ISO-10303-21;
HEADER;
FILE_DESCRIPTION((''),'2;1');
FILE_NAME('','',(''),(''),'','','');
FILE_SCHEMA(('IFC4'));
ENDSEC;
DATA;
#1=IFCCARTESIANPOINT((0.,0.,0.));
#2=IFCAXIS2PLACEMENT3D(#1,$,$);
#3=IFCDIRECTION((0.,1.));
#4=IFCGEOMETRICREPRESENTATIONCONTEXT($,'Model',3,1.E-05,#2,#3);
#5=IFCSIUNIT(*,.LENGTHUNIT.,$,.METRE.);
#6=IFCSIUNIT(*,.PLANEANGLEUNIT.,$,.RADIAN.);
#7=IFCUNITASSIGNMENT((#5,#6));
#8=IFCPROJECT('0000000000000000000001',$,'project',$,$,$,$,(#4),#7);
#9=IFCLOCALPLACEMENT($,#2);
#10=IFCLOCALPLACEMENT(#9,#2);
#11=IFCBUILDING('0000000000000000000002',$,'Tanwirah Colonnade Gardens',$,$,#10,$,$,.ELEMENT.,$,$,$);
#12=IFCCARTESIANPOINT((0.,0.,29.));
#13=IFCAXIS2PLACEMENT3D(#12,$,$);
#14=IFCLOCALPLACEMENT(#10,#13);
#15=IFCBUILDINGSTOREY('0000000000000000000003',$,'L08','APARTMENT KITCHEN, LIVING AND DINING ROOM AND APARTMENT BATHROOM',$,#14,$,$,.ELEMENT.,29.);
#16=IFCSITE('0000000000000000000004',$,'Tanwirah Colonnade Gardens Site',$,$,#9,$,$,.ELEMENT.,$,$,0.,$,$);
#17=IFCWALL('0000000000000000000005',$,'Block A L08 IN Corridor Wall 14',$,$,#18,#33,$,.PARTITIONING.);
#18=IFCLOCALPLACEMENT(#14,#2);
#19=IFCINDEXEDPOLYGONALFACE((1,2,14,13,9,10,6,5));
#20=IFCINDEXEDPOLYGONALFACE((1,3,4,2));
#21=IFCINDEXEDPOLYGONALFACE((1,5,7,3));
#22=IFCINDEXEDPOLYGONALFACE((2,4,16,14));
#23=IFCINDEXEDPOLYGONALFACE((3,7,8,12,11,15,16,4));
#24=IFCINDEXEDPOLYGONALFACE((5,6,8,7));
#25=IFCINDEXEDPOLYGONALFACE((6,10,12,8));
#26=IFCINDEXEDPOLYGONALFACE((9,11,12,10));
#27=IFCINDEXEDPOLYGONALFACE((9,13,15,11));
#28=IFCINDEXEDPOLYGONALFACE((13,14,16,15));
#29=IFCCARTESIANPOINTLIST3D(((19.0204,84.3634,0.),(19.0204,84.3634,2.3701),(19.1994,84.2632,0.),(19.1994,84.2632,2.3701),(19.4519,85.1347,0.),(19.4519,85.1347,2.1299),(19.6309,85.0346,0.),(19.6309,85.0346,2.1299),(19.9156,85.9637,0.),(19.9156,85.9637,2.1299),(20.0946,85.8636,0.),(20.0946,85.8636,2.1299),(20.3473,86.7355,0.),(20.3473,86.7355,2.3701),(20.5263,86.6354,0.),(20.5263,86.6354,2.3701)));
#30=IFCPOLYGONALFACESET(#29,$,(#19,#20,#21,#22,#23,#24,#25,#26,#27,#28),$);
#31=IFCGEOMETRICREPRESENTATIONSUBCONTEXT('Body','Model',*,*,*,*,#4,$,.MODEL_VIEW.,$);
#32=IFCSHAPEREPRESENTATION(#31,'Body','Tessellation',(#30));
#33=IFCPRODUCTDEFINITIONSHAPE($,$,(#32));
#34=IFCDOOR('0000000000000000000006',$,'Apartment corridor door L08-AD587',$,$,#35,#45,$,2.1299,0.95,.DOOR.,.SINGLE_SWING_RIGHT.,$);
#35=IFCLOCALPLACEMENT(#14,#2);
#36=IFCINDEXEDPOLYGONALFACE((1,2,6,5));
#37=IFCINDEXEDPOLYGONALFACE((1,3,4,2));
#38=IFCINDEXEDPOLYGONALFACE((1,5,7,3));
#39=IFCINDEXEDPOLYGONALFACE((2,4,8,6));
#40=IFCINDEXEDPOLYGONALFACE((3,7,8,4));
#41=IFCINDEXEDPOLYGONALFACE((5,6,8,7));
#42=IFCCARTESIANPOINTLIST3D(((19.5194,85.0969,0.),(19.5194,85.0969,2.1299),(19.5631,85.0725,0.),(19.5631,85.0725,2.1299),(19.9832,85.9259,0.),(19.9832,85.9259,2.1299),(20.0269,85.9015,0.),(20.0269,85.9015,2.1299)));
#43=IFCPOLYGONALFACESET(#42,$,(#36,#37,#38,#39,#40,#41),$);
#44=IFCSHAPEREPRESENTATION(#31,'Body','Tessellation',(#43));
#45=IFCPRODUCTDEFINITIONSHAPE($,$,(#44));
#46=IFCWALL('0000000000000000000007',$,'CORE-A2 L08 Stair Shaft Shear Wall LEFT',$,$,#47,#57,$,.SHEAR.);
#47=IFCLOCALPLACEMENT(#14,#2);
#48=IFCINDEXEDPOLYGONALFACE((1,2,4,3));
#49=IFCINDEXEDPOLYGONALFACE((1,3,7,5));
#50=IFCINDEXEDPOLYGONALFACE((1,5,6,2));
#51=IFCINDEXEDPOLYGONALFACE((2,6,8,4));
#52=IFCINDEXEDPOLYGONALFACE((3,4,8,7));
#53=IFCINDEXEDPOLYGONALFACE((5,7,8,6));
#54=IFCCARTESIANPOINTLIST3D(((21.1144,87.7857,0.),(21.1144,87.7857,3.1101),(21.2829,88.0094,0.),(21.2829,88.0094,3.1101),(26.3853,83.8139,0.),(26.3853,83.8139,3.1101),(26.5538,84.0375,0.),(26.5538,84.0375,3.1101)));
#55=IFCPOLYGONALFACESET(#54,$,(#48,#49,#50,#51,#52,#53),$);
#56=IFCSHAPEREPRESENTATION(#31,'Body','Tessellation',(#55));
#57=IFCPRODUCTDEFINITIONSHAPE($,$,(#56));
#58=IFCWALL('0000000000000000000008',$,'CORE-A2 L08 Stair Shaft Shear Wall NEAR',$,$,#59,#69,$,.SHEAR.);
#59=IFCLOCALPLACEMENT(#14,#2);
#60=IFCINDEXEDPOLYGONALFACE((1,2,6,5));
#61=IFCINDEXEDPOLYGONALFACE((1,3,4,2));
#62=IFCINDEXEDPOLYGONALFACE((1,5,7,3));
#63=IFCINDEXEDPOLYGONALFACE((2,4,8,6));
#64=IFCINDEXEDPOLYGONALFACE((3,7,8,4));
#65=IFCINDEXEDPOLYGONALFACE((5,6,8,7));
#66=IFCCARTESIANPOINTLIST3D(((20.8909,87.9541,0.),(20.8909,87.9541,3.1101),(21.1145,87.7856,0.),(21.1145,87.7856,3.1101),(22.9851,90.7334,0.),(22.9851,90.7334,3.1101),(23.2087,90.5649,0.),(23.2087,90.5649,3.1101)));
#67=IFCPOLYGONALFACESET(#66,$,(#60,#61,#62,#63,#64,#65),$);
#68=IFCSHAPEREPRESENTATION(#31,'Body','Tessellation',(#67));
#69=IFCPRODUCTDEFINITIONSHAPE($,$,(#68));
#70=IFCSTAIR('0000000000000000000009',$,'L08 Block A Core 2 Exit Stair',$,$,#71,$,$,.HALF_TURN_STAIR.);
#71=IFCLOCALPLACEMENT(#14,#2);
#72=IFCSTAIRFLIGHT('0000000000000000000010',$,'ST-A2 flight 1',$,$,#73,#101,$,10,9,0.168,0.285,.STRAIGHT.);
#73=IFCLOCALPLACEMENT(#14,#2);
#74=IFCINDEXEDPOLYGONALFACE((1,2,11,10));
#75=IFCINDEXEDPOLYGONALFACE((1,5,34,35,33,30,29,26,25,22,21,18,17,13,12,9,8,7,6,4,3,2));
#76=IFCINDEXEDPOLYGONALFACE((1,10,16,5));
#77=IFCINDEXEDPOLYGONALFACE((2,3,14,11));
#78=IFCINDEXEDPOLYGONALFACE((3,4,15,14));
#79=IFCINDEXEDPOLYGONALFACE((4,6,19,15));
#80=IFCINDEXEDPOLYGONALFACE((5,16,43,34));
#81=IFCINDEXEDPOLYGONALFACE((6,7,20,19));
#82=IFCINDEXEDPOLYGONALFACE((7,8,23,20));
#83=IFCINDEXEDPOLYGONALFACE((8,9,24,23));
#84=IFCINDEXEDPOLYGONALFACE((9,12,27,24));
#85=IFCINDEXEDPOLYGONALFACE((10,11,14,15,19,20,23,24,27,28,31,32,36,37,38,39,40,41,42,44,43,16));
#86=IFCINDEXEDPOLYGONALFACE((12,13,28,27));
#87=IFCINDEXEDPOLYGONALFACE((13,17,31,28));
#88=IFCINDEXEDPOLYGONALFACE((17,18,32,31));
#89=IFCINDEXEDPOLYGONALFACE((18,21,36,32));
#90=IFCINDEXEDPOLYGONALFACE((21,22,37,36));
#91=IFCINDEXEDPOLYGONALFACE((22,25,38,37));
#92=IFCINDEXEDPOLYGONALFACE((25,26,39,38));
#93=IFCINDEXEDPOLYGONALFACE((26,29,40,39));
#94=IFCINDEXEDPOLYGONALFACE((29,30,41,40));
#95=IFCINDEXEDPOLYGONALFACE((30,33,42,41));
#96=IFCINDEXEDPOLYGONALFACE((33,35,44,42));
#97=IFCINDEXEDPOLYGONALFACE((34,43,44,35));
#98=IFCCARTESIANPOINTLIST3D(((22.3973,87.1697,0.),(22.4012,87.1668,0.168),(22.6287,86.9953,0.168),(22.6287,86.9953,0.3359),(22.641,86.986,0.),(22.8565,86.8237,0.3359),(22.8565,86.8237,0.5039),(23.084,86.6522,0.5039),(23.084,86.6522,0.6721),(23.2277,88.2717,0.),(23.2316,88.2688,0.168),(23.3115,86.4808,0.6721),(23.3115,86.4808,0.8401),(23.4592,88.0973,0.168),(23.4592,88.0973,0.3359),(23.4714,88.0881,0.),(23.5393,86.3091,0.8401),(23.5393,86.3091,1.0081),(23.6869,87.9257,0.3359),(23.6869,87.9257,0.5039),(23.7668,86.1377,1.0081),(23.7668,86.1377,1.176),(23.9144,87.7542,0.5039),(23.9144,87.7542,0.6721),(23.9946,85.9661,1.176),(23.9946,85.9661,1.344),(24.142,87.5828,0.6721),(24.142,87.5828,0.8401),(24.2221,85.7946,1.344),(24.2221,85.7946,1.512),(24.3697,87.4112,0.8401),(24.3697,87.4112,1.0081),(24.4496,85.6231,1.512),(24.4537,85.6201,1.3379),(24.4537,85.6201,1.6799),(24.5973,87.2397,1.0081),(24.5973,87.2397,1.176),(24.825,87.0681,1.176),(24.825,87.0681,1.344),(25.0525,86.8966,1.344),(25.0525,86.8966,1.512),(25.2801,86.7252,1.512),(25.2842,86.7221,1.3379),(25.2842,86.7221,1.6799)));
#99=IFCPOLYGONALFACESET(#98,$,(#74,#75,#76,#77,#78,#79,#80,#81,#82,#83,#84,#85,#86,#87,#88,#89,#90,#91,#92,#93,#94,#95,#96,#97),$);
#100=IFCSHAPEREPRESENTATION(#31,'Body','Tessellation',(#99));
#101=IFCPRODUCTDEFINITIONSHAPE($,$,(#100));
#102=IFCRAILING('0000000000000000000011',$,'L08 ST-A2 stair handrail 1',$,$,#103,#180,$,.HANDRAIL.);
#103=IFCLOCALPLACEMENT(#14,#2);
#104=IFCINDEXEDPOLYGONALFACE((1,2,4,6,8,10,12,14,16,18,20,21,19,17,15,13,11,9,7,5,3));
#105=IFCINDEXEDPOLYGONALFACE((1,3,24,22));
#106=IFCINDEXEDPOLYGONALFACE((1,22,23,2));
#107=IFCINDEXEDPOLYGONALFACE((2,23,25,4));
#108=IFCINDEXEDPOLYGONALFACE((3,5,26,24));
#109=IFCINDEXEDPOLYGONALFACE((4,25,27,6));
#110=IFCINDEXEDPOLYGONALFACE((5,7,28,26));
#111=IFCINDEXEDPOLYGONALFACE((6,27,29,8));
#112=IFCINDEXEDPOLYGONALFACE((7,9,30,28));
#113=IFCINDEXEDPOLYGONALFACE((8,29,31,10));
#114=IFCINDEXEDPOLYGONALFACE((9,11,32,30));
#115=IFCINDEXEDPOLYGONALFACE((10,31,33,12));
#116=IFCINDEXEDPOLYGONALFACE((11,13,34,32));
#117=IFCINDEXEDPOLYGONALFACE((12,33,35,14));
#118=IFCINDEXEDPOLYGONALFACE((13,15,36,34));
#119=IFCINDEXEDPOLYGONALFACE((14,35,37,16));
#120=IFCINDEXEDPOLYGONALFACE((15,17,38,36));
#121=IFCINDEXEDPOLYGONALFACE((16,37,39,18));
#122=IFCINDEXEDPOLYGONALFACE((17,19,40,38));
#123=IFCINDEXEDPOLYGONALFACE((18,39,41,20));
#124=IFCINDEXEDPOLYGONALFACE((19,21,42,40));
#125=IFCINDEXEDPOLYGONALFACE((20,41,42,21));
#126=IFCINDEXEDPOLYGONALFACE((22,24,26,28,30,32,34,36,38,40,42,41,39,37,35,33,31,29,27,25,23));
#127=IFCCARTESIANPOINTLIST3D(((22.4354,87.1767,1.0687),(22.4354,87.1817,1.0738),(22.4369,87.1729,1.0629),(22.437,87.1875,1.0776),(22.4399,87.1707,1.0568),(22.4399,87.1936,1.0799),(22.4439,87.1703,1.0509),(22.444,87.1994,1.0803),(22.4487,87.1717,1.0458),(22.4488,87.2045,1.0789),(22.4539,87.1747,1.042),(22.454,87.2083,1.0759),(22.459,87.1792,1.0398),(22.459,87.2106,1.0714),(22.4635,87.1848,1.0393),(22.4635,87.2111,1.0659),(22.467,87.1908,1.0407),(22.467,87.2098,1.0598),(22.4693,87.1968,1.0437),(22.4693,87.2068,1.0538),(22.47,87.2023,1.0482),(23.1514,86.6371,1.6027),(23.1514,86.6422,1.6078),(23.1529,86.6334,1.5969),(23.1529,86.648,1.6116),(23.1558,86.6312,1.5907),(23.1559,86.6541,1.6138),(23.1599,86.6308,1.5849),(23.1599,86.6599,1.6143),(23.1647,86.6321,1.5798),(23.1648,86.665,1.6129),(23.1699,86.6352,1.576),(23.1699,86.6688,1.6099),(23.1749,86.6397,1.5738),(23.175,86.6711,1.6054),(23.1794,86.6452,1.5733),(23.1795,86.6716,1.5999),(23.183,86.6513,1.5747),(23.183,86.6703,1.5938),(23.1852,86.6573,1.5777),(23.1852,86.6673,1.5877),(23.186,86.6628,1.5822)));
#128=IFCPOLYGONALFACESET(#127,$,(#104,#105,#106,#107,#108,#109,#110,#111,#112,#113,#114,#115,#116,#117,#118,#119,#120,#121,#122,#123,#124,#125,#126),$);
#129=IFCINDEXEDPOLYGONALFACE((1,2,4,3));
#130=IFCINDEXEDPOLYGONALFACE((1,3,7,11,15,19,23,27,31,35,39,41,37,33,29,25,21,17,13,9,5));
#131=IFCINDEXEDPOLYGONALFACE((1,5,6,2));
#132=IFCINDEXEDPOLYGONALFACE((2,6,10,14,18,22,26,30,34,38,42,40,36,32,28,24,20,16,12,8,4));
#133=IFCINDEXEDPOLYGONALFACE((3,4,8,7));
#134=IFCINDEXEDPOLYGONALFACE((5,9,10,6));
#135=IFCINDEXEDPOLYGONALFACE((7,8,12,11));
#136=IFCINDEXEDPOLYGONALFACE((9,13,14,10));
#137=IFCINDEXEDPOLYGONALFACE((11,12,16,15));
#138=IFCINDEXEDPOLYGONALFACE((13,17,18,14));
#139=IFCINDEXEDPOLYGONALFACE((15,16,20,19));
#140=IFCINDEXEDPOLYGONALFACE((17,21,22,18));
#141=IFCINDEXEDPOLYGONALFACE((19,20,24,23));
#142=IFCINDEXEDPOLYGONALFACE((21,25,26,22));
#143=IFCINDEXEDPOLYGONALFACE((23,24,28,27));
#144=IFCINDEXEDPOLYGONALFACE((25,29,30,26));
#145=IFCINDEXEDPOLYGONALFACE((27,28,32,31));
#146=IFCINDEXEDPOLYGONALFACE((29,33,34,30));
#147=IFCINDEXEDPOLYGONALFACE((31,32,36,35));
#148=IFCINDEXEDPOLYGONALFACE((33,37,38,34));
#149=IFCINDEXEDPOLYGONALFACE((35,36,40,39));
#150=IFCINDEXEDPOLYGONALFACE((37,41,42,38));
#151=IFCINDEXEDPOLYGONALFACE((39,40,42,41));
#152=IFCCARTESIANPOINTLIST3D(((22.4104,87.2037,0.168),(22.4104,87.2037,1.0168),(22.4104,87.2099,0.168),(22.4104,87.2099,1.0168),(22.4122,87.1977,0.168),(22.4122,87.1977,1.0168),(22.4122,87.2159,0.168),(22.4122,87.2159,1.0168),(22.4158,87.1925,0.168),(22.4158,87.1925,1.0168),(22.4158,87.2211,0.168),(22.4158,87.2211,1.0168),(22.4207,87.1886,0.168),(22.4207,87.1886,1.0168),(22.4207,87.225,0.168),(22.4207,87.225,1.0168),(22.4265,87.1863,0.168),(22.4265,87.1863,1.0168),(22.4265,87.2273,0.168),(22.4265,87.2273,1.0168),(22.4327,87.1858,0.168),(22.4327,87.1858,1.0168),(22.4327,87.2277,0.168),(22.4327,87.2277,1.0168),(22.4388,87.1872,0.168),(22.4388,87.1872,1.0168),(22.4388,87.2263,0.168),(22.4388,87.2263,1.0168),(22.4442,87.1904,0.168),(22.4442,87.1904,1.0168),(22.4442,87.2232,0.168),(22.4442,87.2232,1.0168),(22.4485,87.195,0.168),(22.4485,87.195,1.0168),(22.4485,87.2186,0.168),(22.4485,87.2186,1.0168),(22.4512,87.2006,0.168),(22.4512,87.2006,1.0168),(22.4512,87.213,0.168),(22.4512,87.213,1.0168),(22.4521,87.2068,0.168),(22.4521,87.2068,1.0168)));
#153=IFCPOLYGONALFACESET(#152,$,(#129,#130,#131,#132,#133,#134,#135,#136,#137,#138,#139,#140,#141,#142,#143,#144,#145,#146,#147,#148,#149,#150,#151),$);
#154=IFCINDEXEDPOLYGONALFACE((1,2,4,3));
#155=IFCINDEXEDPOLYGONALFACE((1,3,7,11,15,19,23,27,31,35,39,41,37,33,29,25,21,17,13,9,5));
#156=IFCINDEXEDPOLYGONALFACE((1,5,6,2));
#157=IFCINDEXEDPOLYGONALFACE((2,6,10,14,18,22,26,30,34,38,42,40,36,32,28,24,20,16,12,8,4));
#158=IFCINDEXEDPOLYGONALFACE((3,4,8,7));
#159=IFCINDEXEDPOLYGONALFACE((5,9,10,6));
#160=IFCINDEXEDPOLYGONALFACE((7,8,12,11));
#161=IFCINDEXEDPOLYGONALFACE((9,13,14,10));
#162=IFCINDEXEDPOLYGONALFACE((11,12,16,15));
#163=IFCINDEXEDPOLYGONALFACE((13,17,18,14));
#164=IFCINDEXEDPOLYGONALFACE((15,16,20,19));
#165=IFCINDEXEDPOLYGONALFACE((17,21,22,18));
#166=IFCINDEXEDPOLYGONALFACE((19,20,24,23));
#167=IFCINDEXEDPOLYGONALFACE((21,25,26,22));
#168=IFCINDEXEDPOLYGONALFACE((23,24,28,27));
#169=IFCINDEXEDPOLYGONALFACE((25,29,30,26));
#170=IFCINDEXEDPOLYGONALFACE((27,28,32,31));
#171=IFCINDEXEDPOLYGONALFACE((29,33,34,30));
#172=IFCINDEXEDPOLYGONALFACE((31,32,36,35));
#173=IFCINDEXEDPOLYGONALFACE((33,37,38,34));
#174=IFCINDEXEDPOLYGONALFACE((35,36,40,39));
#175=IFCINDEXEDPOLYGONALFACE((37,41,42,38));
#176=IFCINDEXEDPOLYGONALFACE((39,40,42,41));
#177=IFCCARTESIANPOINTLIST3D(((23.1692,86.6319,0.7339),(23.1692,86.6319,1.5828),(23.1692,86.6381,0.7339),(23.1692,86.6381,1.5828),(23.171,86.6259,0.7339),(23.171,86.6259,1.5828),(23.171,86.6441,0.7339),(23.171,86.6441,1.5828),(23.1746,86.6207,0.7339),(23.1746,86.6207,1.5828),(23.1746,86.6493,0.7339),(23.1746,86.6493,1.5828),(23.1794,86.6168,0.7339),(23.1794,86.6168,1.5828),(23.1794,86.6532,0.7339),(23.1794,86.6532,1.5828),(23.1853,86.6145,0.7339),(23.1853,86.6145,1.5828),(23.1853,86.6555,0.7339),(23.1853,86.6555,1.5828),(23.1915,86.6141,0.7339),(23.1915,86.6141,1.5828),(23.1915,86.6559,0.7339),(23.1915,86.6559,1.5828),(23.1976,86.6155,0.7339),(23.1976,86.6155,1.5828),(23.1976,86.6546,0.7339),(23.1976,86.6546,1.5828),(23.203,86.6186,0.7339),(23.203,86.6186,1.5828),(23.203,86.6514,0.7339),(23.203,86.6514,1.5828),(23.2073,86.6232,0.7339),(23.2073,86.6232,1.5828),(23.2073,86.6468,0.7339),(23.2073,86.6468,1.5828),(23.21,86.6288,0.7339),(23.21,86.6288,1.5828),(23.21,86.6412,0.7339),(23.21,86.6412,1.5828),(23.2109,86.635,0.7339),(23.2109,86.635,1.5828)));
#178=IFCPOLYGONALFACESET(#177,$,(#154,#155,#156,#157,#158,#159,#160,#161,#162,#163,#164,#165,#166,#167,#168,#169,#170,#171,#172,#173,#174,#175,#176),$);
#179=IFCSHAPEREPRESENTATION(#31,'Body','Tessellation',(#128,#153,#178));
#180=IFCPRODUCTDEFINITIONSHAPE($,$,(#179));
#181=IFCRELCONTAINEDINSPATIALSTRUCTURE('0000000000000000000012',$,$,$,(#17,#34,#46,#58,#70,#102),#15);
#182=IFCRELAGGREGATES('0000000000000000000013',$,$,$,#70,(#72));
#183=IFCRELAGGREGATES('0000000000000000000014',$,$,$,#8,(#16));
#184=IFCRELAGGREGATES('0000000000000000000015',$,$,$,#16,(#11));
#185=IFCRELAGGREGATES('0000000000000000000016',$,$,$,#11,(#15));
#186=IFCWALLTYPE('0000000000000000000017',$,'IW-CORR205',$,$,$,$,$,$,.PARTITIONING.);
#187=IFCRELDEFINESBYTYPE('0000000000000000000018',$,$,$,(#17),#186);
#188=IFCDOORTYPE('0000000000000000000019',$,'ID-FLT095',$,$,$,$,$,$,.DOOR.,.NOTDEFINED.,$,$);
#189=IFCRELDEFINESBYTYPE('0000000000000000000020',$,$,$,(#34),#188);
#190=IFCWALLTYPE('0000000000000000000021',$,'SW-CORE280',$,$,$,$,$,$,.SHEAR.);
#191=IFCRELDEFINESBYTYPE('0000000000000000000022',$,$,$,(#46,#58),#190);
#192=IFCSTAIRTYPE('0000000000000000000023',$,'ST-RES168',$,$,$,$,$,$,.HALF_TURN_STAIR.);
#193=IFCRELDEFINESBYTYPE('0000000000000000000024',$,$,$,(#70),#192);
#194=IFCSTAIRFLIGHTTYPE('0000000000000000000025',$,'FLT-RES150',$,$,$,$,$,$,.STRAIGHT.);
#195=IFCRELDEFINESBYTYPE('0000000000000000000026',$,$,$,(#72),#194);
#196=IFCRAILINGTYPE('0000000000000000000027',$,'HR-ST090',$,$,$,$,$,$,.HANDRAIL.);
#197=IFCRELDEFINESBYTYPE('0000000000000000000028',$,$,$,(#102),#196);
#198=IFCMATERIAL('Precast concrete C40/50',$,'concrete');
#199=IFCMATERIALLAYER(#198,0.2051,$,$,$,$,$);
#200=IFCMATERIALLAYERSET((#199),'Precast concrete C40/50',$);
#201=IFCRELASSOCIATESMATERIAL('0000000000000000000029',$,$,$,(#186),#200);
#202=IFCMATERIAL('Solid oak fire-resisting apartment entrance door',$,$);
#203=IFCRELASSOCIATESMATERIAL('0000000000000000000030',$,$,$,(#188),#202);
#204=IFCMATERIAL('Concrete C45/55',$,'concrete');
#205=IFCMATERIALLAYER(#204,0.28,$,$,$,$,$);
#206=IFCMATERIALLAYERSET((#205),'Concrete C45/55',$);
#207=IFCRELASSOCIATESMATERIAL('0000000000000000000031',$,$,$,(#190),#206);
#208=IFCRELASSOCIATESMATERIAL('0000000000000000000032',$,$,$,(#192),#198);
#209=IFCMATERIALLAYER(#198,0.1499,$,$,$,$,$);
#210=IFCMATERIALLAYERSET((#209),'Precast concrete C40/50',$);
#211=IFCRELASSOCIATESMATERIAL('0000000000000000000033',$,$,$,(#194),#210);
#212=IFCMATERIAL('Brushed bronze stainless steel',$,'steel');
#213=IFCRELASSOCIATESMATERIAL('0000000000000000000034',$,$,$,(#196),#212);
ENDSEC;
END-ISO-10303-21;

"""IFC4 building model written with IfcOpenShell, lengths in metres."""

from ifc_helpers import new_model, si_unit, direction, frame, frame_2d, origin, origin_2d, place, context, subcontext, project, spatial, polyline, rectangle, circle, outline, extrude, material, layer, layer_set, type_object, element, fill, aggregate, save


model = new_model("IFC4")

# Units and contexts
model_context = context("Model", 3, precision=1e-05, world=origin(), true_north=direction((0.0, 1.0)))
body_context = subcontext(model_context, "Body", "Model", "MODEL_VIEW")
ifc_project = project(units=[si_unit("LENGTHUNIT", "METRE"), si_unit("PLANEANGLEUNIT", "RADIAN")], contexts=[model_context])

# Site, building, storey
site_placement = place(None, origin())
site = spatial("IfcSite", under=ifc_project, at=site_placement, Name="Tanwirah Colonnade Gardens Site", CompositionType="ELEMENT", RefElevation=0.0)
building_placement = place(site_placement, origin())
building = spatial("IfcBuilding", under=site, at=building_placement, Name="Tanwirah Colonnade Gardens", CompositionType="ELEMENT")
storey_placement = place(building_placement, frame((0.0, 0.0, 29.0)))
storey = spatial("IfcBuildingStorey", under=building, at=storey_placement, Name="L08", Description="APARTMENT KITCHEN, LIVING AND DINING ROOM AND APARTMENT BATHROOM", CompositionType="ELEMENT", Elevation=29.0)

# Shared definitions
ifc_material_1 = material(Name="Precast concrete C40/50", Category="concrete")

# Wall, opening, door
ifc_layer_1 = layer(ifc_material_1, 0.2051)
ifc_layer_set_1 = layer_set([ifc_layer_1], Name="Precast concrete C40/50")
wall_type_1 = type_object("IfcWallType", Name="IW-CORR205", PredefinedType="PARTITIONING", material=ifc_layer_set_1)
wall_1_placement = place(storey_placement, frame((20.4368, 86.6853, 0.0), z_axis=(0.0, 0.0, 1.0), x_axis=(-0.488196, -0.872734, 0.0)))
wall_1 = element("IfcWall", 1, at=wall_1_placement, inside=storey, type_object=wall_type_1, Name="Block A L08 IN Corridor Wall 14", PredefinedType="PARTITIONING", context=body_context, shape_type="SweptSolid", body=[
    extrude(rectangle(XDim=2.718, YDim=0.2051, at=frame_2d((1.3589, 0.0))), origin(), (0.0, 0.0, 1.0), 2.3701),
])
opening_1_placement = place(wall_1_placement, frame((0.884, 0.0, 0.0)))
opening_1 = element("IfcOpeningElement", 2, at=opening_1_placement, cuts=wall_1, PredefinedType="OPENING", context=body_context, shape_type="SweptSolid", body=[
    extrude(rectangle(XDim=0.95, YDim=2.1299, at=frame_2d((0.4751, 1.0649))), frame((0.0, 0.1125, 0.0), z_axis=(0.0, -1.0, 0.0), x_axis=(1.0, 0.0, 0.0)), (0.0, 0.0, 1.0), 0.2251),
])
ifc_material_2 = material(Name="Solid oak fire-resisting apartment entrance door")
door_type_1 = type_object("IfcDoorType", Name="ID-FLT095", OperationType="NOTDEFINED", PredefinedType="DOOR", material=ifc_material_2)
door_1_placement = place(opening_1_placement, origin())
door_1 = element("IfcDoor", 3, at=door_1_placement, inside=storey, type_object=door_type_1, Name="Apartment corridor door L08-AD587", OperationType="SINGLE_SWING_RIGHT", OverallHeight=2.1299, OverallWidth=0.95, PredefinedType="DOOR", context=body_context, shape_type="SweptSolid", body=[
    extrude(rectangle(XDim=0.95, YDim=2.1299, at=frame_2d((0.4751, 1.0649))), frame((0.0, 0.0249, 0.0), z_axis=(0.0, -1.0, 0.0), x_axis=(1.0, 0.0, 0.0)), (0.0, 0.0, 1.0), 0.05),
])
fill(opening_1, door_1)

# Walls
ifc_material_3 = material(Name="Concrete C45/55", Category="concrete")
ifc_layer_2 = layer(ifc_material_3, 0.28)
ifc_layer_set_2 = layer_set([ifc_layer_2], Name="Concrete C45/55")
wall_type_2 = type_object("IfcWallType", Name="SW-CORE280", PredefinedType="SHEAR", material=ifc_layer_set_2)
wall_2_placement = place(storey_placement, frame((21.1987, 87.8975, 0.0), z_axis=(0.0, 0.0, 1.0), x_axis=(0.79864, -0.60181, 0.0)))
element("IfcWall", 4, at=wall_2_placement, inside=storey, type_object=wall_type_2, Name="CORE-A2 L08 Stair Shaft Shear Wall LEFT", PredefinedType="SHEAR", context=body_context, shape_type="SweptSolid", body=[
    extrude(rectangle(XDim=6.5999, YDim=0.28, at=frame_2d((3.2998, 0.0))), origin(), (0.0, 0.0, 1.0), 3.1101),
])
wall_3_placement = place(storey_placement, frame((21.0027, 87.8699, 0.0), z_axis=(0.0, 0.0, 1.0), x_axis=(0.601794, 0.798651, 0.0)))
element("IfcWall", 5, at=wall_3_placement, inside=storey, type_object=wall_type_2, Name="CORE-A2 L08 Stair Shaft Shear Wall NEAR", PredefinedType="SHEAR", context=body_context, shape_type="SweptSolid", body=[
    extrude(rectangle(XDim=3.48, YDim=0.28, at=frame_2d((1.74, 0.0))), origin(), (0.0, 0.0, 1.0), 3.1101),
])

# Stair, stair flight
stair_type = type_object("IfcStairType", Name="ST-RES168", PredefinedType="HALF_TURN_STAIR", material=ifc_material_1)
stair_placement = place(storey_placement, origin())
stair = element("IfcStair", 6, at=stair_placement, inside=storey, type_object=stair_type, Name="L08 Block A Core 2 Exit Stair", PredefinedType="HALF_TURN_STAIR")
ifc_layer_3 = layer(ifc_material_1, 0.1499)
ifc_layer_set_3 = layer_set([ifc_layer_3], Name="Precast concrete C40/50")
stair_flight_type = type_object("IfcStairFlightType", Name="FLT-RES150", PredefinedType="STRAIGHT", material=ifc_layer_set_3)
stair_flight_placement = place(storey_placement, frame((22.8164, 87.7178, 0.0), z_axis=(0.0, 0.0, 1.0), x_axis=(0.798636, -0.601815, 0.0)))
stair_flight = element("IfcStairFlight", 7, at=stair_flight_placement, type_object=stair_flight_type, Name="ST-A2 flight 1", NumberOfRisers=10, NumberOfTreads=9, PredefinedType="STRAIGHT", RiserHeight=0.168, TreadLength=0.285, context=body_context, shape_type="SweptSolid", body=[
    extrude(outline(polyline([(-0.0049, 0.0), (0.0, 0.168), (0.2849, 0.168), (0.2849, 0.3359), (0.5701, 0.3359), (0.5701, 0.5039), (0.855, 0.5039), (0.855, 0.6721), (1.1399, 0.6721), (1.1399, 0.8401), (1.425, 0.8401), (1.425, 1.0081), (1.71, 1.0081), (1.71, 1.176), (1.9951, 1.176), (1.9951, 1.344), (2.28, 1.344), (2.28, 1.512), (2.5649, 1.512), (2.5701, 1.6799), (2.5701, 1.3379), (0.3003, 0.0), (-0.0049, 0.0)])), frame((0.0, 0.6899, 0.0), z_axis=(0.0, -1.0, 0.0), x_axis=(1.0, 0.0, 0.0)), (0.0, 0.0, 1.0), 1.3799),
])
aggregate(stair, [stair_flight])

# Railing
ifc_material_4 = material(Name="Brushed bronze stainless steel", Category="steel")
railing_type = type_object("IfcRailingType", Name="HR-ST090", PredefinedType="HANDRAIL", material=ifc_material_4)
railing_1_placement = place(storey_placement, frame((22.4312, 87.2068, 0.168)))
element("IfcRailing", 8, at=railing_1_placement, inside=storey, type_object=railing_type, Name="L08 ST-A2 stair handrail 1", PredefinedType="HANDRAIL", context=body_context, shape_type="SweptSolid", body=[
    extrude(circle(Radius=0.0239, at=origin_2d()), frame((0.0215, -0.0161, 0.8918), z_axis=(0.686145, -0.517037, 0.511739), x_axis=(0.601807, 0.798641, 0.0)), (0.0, 0.0, 1.0), 1.0435),
    extrude(circle(Radius=0.021, at=origin_2d()), origin(), (0.0, 0.0, 1.0), 0.8489),
    extrude(circle(Radius=0.021, at=origin_2d()), frame((0.7588, -0.5718, 0.5659)), (0.0, 0.0, 1.0), 0.8489),
])

save(model, "model.ifc")
